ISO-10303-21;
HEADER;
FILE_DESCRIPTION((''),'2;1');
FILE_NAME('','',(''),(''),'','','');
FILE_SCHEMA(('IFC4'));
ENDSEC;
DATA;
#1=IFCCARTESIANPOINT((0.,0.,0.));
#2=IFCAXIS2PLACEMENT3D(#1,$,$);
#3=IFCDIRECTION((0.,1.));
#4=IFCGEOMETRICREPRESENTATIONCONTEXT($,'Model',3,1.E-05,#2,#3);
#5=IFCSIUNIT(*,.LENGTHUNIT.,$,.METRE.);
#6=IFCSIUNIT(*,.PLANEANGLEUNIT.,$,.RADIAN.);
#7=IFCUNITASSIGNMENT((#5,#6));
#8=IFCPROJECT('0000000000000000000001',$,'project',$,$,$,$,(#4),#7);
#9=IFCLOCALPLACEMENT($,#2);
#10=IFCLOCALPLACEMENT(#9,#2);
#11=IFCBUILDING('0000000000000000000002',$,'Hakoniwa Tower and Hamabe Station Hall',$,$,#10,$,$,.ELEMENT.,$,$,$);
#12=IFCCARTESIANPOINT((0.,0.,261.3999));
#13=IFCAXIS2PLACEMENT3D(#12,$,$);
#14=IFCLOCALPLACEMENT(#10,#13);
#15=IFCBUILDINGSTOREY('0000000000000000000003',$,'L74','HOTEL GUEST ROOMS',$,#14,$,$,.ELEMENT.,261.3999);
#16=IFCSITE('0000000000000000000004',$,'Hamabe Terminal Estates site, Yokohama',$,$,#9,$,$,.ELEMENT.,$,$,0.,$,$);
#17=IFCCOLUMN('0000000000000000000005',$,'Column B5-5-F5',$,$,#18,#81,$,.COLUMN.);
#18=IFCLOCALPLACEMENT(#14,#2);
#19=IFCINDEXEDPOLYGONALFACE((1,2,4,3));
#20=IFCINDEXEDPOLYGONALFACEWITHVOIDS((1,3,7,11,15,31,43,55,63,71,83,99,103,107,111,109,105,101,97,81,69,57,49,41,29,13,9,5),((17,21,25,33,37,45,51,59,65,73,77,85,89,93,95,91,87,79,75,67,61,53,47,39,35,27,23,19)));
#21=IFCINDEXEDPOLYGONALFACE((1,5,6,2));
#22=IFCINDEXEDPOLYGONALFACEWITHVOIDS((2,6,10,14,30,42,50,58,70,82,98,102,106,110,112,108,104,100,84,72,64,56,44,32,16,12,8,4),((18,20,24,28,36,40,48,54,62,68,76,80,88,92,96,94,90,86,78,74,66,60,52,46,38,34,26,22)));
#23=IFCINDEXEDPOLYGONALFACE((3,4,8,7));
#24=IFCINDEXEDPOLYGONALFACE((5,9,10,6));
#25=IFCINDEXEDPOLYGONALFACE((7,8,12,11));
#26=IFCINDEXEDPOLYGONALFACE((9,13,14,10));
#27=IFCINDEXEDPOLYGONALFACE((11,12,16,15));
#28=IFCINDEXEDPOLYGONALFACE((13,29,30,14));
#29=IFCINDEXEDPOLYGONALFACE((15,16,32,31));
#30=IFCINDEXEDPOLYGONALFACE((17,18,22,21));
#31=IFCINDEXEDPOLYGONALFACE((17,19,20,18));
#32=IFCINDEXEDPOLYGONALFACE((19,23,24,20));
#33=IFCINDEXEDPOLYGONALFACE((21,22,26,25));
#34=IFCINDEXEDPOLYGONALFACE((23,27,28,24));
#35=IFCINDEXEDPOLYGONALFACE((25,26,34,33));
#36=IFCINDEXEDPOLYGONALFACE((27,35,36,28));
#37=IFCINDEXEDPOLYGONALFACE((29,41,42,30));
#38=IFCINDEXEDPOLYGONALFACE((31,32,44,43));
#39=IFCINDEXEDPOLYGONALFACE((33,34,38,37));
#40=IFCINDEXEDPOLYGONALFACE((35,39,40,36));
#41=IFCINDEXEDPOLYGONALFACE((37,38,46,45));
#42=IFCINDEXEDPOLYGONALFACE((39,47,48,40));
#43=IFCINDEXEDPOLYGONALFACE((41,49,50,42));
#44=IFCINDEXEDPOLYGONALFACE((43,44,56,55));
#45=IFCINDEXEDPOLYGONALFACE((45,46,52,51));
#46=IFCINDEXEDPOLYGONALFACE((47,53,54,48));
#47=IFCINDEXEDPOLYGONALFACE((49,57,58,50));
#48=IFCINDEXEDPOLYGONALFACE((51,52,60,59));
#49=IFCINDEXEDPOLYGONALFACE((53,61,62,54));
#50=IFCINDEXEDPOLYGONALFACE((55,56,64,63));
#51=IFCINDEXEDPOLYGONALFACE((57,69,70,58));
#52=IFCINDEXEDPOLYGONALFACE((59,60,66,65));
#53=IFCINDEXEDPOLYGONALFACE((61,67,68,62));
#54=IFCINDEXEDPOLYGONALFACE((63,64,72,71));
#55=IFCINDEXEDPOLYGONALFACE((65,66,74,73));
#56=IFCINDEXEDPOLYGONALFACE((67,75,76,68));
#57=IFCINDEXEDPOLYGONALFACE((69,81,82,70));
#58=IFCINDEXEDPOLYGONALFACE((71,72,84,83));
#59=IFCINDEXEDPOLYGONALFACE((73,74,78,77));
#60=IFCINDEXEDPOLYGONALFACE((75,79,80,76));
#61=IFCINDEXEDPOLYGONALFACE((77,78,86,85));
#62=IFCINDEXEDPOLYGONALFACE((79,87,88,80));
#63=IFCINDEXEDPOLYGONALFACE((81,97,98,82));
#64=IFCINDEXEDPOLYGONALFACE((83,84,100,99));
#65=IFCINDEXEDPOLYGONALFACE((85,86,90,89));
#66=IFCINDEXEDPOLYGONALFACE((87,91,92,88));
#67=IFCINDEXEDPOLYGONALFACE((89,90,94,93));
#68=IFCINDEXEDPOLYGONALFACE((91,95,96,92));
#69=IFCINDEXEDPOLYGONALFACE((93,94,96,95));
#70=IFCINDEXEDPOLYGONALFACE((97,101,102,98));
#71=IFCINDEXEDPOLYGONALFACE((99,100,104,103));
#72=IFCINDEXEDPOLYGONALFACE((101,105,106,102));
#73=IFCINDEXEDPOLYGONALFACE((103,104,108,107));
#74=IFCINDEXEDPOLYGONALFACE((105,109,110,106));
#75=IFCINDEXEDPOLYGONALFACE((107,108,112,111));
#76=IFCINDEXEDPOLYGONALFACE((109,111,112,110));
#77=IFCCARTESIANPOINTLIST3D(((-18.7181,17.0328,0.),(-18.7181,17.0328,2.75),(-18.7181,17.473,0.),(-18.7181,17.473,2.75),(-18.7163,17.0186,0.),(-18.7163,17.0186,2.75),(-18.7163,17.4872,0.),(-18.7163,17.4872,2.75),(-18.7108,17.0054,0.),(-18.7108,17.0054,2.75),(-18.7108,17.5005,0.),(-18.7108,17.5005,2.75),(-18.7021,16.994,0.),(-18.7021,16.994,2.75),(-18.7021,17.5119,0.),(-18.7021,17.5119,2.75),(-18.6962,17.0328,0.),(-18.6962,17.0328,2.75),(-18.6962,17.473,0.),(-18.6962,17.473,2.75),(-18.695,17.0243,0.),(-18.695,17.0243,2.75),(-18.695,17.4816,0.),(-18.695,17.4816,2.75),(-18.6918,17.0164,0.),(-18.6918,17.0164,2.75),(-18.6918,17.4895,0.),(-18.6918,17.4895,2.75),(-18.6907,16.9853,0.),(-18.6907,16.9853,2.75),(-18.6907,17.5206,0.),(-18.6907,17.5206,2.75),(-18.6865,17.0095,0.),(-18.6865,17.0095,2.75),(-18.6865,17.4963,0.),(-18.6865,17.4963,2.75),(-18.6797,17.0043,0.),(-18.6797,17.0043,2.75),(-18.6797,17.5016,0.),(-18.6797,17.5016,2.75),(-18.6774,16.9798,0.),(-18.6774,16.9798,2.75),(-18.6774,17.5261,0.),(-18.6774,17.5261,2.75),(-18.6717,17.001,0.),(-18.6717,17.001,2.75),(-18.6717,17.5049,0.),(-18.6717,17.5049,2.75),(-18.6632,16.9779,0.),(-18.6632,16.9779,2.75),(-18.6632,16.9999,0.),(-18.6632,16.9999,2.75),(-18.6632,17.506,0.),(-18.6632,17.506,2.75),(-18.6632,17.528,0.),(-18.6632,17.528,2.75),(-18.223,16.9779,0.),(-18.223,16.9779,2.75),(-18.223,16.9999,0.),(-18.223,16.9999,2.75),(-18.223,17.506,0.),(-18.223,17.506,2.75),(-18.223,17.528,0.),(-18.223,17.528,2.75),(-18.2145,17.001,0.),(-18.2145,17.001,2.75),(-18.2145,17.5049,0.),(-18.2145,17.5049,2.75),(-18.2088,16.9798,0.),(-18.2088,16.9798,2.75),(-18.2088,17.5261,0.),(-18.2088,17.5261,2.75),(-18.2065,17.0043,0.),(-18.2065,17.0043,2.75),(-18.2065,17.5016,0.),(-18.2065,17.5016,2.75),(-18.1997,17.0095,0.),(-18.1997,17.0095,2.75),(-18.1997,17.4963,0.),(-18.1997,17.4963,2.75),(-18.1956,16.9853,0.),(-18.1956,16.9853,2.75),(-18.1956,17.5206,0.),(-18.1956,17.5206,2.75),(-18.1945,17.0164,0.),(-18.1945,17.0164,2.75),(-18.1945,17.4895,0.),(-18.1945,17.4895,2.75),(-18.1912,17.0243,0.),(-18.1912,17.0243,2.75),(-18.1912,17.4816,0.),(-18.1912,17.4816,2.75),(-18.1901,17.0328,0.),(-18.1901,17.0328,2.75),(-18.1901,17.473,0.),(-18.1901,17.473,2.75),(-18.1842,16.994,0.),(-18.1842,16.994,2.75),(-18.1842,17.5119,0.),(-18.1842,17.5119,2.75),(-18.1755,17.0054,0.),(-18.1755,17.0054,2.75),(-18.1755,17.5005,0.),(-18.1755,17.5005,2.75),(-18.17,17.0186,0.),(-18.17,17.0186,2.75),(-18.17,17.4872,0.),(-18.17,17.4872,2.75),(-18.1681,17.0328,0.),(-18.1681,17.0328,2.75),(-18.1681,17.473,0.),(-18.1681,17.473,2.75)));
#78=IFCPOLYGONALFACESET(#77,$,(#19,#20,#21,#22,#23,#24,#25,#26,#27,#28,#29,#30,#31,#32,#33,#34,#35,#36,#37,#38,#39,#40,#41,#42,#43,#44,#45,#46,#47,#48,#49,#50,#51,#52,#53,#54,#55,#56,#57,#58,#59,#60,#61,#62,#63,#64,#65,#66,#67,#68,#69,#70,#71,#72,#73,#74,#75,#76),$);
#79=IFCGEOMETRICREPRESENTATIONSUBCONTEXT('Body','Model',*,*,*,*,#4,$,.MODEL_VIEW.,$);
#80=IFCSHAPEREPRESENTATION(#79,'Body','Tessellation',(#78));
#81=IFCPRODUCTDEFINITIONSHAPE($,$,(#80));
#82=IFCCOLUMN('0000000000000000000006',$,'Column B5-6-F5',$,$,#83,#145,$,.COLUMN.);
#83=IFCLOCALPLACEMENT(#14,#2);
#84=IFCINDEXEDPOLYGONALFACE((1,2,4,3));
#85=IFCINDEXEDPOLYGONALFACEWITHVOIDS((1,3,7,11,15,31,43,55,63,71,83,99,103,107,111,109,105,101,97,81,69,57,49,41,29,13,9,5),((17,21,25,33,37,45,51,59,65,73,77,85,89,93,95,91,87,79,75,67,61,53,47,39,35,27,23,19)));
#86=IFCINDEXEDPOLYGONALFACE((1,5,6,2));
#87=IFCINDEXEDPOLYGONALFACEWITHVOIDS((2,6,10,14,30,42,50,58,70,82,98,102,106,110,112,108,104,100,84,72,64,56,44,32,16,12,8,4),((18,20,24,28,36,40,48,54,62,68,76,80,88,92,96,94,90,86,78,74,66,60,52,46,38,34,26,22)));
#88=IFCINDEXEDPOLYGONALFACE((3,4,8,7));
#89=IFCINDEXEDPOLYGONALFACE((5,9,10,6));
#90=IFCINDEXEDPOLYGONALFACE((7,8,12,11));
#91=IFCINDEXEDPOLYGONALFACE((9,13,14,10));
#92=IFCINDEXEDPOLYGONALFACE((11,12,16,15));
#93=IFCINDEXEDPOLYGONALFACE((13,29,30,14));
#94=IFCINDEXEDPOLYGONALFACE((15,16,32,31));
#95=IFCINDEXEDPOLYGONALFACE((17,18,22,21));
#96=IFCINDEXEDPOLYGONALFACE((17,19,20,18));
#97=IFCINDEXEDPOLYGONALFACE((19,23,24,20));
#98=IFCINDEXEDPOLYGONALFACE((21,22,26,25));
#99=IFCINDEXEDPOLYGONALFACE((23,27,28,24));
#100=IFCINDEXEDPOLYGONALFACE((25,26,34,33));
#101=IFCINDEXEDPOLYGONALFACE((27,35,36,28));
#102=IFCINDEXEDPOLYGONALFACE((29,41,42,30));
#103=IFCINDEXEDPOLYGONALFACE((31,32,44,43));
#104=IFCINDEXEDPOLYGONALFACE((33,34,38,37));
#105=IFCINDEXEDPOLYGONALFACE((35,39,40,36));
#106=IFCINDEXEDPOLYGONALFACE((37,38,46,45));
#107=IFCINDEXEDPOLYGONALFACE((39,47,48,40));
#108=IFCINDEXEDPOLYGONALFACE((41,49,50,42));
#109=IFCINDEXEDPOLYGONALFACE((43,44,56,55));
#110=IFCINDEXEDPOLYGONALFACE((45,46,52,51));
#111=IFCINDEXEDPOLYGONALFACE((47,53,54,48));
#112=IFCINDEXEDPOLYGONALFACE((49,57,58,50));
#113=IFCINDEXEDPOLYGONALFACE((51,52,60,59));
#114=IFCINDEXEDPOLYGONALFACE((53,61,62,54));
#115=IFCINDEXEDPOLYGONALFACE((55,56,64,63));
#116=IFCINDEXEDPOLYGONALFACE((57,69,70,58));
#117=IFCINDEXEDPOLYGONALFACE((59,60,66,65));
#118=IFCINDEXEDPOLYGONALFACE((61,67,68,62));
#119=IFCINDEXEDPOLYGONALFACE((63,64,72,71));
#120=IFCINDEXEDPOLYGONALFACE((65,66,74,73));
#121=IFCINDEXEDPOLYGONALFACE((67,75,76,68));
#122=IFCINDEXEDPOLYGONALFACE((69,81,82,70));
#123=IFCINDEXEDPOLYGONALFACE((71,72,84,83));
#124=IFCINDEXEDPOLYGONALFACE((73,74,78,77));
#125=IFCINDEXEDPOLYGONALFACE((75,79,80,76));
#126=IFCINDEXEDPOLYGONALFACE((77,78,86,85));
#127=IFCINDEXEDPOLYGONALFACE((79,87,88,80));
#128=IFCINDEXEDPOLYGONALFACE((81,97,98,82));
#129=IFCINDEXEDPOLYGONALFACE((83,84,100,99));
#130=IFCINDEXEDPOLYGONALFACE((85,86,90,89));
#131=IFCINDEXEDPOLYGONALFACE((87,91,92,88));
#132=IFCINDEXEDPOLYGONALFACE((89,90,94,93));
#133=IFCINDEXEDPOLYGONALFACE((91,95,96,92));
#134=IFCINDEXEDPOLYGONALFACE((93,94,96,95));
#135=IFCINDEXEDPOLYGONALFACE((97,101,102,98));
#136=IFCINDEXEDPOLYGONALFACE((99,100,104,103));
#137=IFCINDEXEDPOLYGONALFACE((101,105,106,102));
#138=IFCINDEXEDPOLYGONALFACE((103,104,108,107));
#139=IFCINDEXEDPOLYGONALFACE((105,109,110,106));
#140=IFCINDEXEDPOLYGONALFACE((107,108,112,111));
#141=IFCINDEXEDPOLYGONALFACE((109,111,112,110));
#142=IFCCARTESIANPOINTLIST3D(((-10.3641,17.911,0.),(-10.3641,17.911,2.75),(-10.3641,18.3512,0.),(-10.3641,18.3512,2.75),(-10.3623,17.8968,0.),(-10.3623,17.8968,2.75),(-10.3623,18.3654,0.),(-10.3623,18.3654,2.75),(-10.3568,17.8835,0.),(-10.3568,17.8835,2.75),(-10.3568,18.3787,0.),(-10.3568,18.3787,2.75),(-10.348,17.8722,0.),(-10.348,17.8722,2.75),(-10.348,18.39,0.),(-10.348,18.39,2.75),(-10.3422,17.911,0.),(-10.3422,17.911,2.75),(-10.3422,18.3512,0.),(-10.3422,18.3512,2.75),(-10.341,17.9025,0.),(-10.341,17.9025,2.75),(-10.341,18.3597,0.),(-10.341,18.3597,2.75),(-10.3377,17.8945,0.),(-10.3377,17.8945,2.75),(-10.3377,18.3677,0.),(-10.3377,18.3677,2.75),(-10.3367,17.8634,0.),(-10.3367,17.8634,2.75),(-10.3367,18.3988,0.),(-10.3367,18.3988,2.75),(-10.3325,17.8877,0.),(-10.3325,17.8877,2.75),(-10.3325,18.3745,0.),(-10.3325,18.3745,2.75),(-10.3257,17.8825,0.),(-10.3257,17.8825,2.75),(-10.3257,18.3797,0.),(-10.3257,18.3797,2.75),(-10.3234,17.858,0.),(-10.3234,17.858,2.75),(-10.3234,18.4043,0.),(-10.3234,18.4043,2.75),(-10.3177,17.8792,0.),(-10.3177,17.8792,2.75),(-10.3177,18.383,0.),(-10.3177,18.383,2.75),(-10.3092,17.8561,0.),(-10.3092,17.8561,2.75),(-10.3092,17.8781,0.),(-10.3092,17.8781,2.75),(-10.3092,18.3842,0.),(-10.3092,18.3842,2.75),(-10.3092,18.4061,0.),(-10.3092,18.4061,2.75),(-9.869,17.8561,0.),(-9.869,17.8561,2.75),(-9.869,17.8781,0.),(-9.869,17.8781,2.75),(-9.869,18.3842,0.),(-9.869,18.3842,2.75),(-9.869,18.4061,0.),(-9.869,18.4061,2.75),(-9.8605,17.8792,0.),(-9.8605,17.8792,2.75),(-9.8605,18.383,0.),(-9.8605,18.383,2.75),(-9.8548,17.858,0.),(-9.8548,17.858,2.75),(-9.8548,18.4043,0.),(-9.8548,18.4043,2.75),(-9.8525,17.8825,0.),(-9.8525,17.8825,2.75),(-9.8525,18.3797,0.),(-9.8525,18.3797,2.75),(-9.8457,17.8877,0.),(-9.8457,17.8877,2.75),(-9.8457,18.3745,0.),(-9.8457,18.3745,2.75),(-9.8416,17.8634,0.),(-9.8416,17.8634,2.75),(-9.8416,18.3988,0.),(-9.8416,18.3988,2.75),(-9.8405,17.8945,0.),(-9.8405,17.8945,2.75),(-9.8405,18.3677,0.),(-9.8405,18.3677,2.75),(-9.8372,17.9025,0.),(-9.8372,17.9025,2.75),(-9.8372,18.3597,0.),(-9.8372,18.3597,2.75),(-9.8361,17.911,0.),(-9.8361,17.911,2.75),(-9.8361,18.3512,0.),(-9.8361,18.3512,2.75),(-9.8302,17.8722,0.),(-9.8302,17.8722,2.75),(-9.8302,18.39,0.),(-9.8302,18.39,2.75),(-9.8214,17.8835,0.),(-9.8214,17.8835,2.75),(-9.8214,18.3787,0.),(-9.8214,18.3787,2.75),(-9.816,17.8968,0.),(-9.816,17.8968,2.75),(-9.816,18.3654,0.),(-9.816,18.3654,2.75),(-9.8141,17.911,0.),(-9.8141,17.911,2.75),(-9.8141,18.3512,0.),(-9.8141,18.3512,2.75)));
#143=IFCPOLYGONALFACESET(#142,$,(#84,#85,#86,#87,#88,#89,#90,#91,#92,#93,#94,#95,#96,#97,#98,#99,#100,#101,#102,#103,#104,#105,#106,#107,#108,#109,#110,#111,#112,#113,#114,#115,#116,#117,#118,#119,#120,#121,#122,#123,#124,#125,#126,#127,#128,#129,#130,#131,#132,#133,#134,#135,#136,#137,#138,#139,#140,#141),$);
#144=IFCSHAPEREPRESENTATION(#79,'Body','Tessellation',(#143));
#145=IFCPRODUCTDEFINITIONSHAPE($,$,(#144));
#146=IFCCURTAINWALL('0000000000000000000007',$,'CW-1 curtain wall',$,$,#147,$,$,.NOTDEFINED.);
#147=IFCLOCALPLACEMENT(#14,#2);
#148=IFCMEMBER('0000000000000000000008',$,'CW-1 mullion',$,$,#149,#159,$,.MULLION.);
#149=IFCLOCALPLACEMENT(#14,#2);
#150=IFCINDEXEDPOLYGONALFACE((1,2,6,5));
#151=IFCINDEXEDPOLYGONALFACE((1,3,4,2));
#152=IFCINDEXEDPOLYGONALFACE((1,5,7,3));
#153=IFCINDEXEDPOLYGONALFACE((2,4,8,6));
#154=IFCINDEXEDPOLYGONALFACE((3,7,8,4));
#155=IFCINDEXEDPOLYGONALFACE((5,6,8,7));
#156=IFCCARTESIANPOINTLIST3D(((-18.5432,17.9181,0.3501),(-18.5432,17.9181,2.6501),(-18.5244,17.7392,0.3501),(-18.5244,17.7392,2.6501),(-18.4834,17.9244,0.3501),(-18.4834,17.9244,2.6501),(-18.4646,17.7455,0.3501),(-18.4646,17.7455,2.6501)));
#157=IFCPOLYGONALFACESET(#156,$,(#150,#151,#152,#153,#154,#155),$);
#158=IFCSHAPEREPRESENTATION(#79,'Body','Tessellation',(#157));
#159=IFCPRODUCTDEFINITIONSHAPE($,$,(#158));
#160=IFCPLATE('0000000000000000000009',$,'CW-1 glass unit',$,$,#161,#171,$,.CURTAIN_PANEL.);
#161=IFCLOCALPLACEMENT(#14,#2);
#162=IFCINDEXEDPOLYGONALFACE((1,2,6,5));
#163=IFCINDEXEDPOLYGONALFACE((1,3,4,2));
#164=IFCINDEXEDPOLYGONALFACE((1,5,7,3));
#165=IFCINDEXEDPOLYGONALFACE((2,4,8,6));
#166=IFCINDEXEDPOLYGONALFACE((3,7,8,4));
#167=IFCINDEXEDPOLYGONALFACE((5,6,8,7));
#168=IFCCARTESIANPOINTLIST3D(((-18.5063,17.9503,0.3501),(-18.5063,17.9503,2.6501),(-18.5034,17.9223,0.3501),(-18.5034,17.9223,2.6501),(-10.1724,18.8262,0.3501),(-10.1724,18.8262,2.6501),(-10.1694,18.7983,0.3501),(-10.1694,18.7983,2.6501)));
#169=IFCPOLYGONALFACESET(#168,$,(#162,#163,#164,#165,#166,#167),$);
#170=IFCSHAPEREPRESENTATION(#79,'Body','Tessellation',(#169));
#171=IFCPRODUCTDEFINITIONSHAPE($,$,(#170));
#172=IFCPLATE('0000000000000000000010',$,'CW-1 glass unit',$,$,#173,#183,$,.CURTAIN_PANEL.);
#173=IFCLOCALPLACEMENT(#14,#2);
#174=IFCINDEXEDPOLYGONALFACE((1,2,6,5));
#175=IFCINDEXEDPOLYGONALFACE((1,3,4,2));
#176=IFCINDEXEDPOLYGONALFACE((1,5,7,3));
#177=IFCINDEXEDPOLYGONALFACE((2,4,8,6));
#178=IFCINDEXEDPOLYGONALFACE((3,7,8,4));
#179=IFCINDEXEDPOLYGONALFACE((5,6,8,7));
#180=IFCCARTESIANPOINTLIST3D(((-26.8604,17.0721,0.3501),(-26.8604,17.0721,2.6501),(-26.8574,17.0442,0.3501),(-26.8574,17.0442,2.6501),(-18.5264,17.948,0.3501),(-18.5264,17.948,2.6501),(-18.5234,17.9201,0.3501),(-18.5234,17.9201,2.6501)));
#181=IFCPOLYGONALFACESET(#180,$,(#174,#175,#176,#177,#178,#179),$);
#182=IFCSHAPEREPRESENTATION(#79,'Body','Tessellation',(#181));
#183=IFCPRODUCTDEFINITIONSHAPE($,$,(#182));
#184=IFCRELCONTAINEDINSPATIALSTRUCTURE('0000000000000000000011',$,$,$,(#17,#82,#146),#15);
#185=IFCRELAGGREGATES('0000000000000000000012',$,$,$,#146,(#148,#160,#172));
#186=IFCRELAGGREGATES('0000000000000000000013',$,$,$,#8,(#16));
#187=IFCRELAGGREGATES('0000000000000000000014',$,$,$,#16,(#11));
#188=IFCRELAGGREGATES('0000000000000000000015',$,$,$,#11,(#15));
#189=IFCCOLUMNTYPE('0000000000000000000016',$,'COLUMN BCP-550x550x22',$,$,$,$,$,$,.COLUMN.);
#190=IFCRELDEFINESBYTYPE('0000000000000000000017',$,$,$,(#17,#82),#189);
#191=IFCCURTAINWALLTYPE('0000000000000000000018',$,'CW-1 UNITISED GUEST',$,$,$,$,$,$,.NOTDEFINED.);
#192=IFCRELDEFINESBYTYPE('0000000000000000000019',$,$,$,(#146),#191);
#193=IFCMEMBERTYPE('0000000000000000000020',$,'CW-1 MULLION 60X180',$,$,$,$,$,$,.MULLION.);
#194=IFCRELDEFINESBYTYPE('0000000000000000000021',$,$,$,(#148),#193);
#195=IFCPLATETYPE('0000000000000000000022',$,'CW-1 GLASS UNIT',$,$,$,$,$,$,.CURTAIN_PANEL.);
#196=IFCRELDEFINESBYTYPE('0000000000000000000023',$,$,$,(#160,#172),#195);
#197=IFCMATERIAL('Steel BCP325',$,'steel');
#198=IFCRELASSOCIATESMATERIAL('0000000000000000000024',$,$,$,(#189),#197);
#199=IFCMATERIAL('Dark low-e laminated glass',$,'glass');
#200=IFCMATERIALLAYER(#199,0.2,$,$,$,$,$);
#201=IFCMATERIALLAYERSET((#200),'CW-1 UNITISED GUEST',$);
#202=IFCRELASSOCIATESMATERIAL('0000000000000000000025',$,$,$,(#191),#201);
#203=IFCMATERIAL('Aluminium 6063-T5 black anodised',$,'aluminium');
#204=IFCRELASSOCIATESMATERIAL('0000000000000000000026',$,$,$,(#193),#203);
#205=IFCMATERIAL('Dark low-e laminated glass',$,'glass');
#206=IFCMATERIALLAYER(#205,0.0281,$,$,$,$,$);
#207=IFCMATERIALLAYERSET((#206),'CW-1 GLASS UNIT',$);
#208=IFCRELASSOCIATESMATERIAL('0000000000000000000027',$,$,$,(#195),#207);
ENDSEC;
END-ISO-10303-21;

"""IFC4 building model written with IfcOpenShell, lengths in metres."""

from ifc_helpers import new_model, si_unit, direction, frame, origin, origin_2d, place, context, subcontext, project, spatial, rectangle, hollow_rectangle, extrude, material, layer, layer_set, material_profile, profile_set, type_object, element, aggregate, save


model = new_model("IFC4")

# Units and contexts
model_context = context("Model", 3, precision=1e-05, world=origin(), true_north=direction((0.0, 1.0)))
body_context = subcontext(model_context, "Body", "Model", "MODEL_VIEW")
ifc_project = project(units=[si_unit("LENGTHUNIT", "METRE"), si_unit("PLANEANGLEUNIT", "RADIAN")], contexts=[model_context])

# Site, building, storey
site_placement = place(None, origin())
site = spatial("IfcSite", under=ifc_project, at=site_placement, Name="Hamabe Terminal Estates site, Yokohama", CompositionType="ELEMENT", RefElevation=0.0)
building_placement = place(site_placement, origin())
building = spatial("IfcBuilding", under=site, at=building_placement, Name="Hakoniwa Tower and Hamabe Station Hall", CompositionType="ELEMENT")
storey_placement = place(building_placement, frame((0.0, 0.0, 261.3999)))
storey = spatial("IfcBuildingStorey", under=building, at=storey_placement, Name="L74", Description="HOTEL GUEST ROOMS", CompositionType="ELEMENT", Elevation=261.3999)

# Columns
ifc_material_1 = material(Name="Steel BCP325", Category="steel")
ifc_material_profile_1 = material_profile(ifc_material_1, hollow_rectangle(XDim=0.55, YDim=0.55, WallThickness=0.022, InnerFilletRadius=0.033, OuterFilletRadius=0.0549, at=origin_2d()), Name="BCP-550x550x22")
ifc_profile_set_1 = profile_set([ifc_material_profile_1], Name="Steel BCP325")
column_type = type_object("IfcColumnType", Name="COLUMN BCP-550x550x22", PredefinedType="COLUMN", material=ifc_profile_set_1)
for number, where, z_axis, x_axis, name in (
    (1, (-18.4431, 17.2529, 0.0), (0.0, 0.0, 1.0), (1.0, 0.0, 0.0), "Column B5-5-F5"),
    (2, (-10.0891, 18.1311, 0.0), (0.0, 0.0, 1.0), (1.0, 0.0, 0.0), "Column B5-6-F5"),
):
    element("IfcColumn", number, at=place(storey_placement, frame(where, z_axis=z_axis, x_axis=x_axis)), inside=storey, type_object=column_type, Name=name, PredefinedType="COLUMN", context=body_context, shape_type="SweptSolid", body=[
        extrude(hollow_rectangle(XDim=0.55, YDim=0.55, WallThickness=0.022, InnerFilletRadius=0.033, OuterFilletRadius=0.0549, at=origin_2d()), origin(), (0.0, 0.0, 1.0), 2.75),
    ])

# Curtain wall, member, plates
ifc_material_2 = material(Name="Dark low-e laminated glass", Category="glass")
ifc_layer_1 = layer(ifc_material_2, 0.2)
ifc_layer_set_1 = layer_set([ifc_layer_1], Name="CW-1 UNITISED GUEST")
curtain_wall_type = type_object("IfcCurtainWallType", Name="CW-1 UNITISED GUEST", PredefinedType="NOTDEFINED", material=ifc_layer_set_1)
curtain_wall_placement = place(storey_placement, origin())
curtain_wall = element("IfcCurtainWall", 3, at=curtain_wall_placement, inside=storey, type_object=curtain_wall_type, Name="CW-1 curtain wall", PredefinedType="NOTDEFINED")
ifc_material_3 = material(Name="Aluminium 6063-T5 black anodised", Category="aluminium")
ifc_material_profile_2 = material_profile(ifc_material_3, rectangle(XDim=0.0601, YDim=0.1799, at=origin_2d()), Name="CW-1 MULLION 60X180")
ifc_profile_set_2 = profile_set([ifc_material_profile_2], Name="Aluminium 6063-T5 black anodised")
member_type = type_object("IfcMemberType", Name="CW-1 MULLION 60X180", PredefinedType="MULLION", material=ifc_profile_set_2)
member_placement = place(storey_placement, frame((-18.5039, 17.8318, 0.3501), z_axis=(0.0, 0.0, 1.0), x_axis=(-0.994522, -0.104528, 0.0)))
member = element("IfcMember", 4, at=member_placement, type_object=member_type, Name="CW-1 mullion", PredefinedType="MULLION", context=body_context, shape_type="SweptSolid", body=[
    extrude(rectangle(XDim=0.0601, YDim=0.1799, at=origin_2d()), origin(), (0.0, 0.0, 1.0), 2.3),
])
ifc_material_4 = material(Name="Dark low-e laminated glass", Category="glass")
ifc_layer_2 = layer(ifc_material_4, 0.0281)
ifc_layer_set_2 = layer_set([ifc_layer_2], Name="CW-1 GLASS UNIT")
plate_type = type_object("IfcPlateType", Name="CW-1 GLASS UNIT", PredefinedType="CURTAIN_PANEL", material=ifc_layer_set_2)
plate_1_placement = place(storey_placement, frame((-14.3379, 18.3743, 0.3501), z_axis=(0.0, 0.0, 1.0), x_axis=(-0.994522, -0.104528, 0.0)))
plate_1 = element("IfcPlate", 5, at=plate_1_placement, type_object=plate_type, Name="CW-1 glass unit", PredefinedType="CURTAIN_PANEL", context=body_context, shape_type="SweptSolid", body=[
    extrude(rectangle(XDim=8.3799, YDim=0.0281, at=origin_2d()), origin(), (0.0, 0.0, 1.0), 2.3),
])
plate_2_placement = place(storey_placement, frame((-22.6919, 17.4961, 0.3501), z_axis=(0.0, 0.0, 1.0), x_axis=(-0.994522, -0.104528, 0.0)))
plate_2 = element("IfcPlate", 6, at=plate_2_placement, type_object=plate_type, Name="CW-1 glass unit", PredefinedType="CURTAIN_PANEL", context=body_context, shape_type="SweptSolid", body=[
    extrude(rectangle(XDim=8.3799, YDim=0.0281, at=origin_2d()), origin(), (0.0, 0.0, 1.0), 2.3),
])
aggregate(curtain_wall, [member, plate_1, plate_2])

save(model, "model.ifc")
